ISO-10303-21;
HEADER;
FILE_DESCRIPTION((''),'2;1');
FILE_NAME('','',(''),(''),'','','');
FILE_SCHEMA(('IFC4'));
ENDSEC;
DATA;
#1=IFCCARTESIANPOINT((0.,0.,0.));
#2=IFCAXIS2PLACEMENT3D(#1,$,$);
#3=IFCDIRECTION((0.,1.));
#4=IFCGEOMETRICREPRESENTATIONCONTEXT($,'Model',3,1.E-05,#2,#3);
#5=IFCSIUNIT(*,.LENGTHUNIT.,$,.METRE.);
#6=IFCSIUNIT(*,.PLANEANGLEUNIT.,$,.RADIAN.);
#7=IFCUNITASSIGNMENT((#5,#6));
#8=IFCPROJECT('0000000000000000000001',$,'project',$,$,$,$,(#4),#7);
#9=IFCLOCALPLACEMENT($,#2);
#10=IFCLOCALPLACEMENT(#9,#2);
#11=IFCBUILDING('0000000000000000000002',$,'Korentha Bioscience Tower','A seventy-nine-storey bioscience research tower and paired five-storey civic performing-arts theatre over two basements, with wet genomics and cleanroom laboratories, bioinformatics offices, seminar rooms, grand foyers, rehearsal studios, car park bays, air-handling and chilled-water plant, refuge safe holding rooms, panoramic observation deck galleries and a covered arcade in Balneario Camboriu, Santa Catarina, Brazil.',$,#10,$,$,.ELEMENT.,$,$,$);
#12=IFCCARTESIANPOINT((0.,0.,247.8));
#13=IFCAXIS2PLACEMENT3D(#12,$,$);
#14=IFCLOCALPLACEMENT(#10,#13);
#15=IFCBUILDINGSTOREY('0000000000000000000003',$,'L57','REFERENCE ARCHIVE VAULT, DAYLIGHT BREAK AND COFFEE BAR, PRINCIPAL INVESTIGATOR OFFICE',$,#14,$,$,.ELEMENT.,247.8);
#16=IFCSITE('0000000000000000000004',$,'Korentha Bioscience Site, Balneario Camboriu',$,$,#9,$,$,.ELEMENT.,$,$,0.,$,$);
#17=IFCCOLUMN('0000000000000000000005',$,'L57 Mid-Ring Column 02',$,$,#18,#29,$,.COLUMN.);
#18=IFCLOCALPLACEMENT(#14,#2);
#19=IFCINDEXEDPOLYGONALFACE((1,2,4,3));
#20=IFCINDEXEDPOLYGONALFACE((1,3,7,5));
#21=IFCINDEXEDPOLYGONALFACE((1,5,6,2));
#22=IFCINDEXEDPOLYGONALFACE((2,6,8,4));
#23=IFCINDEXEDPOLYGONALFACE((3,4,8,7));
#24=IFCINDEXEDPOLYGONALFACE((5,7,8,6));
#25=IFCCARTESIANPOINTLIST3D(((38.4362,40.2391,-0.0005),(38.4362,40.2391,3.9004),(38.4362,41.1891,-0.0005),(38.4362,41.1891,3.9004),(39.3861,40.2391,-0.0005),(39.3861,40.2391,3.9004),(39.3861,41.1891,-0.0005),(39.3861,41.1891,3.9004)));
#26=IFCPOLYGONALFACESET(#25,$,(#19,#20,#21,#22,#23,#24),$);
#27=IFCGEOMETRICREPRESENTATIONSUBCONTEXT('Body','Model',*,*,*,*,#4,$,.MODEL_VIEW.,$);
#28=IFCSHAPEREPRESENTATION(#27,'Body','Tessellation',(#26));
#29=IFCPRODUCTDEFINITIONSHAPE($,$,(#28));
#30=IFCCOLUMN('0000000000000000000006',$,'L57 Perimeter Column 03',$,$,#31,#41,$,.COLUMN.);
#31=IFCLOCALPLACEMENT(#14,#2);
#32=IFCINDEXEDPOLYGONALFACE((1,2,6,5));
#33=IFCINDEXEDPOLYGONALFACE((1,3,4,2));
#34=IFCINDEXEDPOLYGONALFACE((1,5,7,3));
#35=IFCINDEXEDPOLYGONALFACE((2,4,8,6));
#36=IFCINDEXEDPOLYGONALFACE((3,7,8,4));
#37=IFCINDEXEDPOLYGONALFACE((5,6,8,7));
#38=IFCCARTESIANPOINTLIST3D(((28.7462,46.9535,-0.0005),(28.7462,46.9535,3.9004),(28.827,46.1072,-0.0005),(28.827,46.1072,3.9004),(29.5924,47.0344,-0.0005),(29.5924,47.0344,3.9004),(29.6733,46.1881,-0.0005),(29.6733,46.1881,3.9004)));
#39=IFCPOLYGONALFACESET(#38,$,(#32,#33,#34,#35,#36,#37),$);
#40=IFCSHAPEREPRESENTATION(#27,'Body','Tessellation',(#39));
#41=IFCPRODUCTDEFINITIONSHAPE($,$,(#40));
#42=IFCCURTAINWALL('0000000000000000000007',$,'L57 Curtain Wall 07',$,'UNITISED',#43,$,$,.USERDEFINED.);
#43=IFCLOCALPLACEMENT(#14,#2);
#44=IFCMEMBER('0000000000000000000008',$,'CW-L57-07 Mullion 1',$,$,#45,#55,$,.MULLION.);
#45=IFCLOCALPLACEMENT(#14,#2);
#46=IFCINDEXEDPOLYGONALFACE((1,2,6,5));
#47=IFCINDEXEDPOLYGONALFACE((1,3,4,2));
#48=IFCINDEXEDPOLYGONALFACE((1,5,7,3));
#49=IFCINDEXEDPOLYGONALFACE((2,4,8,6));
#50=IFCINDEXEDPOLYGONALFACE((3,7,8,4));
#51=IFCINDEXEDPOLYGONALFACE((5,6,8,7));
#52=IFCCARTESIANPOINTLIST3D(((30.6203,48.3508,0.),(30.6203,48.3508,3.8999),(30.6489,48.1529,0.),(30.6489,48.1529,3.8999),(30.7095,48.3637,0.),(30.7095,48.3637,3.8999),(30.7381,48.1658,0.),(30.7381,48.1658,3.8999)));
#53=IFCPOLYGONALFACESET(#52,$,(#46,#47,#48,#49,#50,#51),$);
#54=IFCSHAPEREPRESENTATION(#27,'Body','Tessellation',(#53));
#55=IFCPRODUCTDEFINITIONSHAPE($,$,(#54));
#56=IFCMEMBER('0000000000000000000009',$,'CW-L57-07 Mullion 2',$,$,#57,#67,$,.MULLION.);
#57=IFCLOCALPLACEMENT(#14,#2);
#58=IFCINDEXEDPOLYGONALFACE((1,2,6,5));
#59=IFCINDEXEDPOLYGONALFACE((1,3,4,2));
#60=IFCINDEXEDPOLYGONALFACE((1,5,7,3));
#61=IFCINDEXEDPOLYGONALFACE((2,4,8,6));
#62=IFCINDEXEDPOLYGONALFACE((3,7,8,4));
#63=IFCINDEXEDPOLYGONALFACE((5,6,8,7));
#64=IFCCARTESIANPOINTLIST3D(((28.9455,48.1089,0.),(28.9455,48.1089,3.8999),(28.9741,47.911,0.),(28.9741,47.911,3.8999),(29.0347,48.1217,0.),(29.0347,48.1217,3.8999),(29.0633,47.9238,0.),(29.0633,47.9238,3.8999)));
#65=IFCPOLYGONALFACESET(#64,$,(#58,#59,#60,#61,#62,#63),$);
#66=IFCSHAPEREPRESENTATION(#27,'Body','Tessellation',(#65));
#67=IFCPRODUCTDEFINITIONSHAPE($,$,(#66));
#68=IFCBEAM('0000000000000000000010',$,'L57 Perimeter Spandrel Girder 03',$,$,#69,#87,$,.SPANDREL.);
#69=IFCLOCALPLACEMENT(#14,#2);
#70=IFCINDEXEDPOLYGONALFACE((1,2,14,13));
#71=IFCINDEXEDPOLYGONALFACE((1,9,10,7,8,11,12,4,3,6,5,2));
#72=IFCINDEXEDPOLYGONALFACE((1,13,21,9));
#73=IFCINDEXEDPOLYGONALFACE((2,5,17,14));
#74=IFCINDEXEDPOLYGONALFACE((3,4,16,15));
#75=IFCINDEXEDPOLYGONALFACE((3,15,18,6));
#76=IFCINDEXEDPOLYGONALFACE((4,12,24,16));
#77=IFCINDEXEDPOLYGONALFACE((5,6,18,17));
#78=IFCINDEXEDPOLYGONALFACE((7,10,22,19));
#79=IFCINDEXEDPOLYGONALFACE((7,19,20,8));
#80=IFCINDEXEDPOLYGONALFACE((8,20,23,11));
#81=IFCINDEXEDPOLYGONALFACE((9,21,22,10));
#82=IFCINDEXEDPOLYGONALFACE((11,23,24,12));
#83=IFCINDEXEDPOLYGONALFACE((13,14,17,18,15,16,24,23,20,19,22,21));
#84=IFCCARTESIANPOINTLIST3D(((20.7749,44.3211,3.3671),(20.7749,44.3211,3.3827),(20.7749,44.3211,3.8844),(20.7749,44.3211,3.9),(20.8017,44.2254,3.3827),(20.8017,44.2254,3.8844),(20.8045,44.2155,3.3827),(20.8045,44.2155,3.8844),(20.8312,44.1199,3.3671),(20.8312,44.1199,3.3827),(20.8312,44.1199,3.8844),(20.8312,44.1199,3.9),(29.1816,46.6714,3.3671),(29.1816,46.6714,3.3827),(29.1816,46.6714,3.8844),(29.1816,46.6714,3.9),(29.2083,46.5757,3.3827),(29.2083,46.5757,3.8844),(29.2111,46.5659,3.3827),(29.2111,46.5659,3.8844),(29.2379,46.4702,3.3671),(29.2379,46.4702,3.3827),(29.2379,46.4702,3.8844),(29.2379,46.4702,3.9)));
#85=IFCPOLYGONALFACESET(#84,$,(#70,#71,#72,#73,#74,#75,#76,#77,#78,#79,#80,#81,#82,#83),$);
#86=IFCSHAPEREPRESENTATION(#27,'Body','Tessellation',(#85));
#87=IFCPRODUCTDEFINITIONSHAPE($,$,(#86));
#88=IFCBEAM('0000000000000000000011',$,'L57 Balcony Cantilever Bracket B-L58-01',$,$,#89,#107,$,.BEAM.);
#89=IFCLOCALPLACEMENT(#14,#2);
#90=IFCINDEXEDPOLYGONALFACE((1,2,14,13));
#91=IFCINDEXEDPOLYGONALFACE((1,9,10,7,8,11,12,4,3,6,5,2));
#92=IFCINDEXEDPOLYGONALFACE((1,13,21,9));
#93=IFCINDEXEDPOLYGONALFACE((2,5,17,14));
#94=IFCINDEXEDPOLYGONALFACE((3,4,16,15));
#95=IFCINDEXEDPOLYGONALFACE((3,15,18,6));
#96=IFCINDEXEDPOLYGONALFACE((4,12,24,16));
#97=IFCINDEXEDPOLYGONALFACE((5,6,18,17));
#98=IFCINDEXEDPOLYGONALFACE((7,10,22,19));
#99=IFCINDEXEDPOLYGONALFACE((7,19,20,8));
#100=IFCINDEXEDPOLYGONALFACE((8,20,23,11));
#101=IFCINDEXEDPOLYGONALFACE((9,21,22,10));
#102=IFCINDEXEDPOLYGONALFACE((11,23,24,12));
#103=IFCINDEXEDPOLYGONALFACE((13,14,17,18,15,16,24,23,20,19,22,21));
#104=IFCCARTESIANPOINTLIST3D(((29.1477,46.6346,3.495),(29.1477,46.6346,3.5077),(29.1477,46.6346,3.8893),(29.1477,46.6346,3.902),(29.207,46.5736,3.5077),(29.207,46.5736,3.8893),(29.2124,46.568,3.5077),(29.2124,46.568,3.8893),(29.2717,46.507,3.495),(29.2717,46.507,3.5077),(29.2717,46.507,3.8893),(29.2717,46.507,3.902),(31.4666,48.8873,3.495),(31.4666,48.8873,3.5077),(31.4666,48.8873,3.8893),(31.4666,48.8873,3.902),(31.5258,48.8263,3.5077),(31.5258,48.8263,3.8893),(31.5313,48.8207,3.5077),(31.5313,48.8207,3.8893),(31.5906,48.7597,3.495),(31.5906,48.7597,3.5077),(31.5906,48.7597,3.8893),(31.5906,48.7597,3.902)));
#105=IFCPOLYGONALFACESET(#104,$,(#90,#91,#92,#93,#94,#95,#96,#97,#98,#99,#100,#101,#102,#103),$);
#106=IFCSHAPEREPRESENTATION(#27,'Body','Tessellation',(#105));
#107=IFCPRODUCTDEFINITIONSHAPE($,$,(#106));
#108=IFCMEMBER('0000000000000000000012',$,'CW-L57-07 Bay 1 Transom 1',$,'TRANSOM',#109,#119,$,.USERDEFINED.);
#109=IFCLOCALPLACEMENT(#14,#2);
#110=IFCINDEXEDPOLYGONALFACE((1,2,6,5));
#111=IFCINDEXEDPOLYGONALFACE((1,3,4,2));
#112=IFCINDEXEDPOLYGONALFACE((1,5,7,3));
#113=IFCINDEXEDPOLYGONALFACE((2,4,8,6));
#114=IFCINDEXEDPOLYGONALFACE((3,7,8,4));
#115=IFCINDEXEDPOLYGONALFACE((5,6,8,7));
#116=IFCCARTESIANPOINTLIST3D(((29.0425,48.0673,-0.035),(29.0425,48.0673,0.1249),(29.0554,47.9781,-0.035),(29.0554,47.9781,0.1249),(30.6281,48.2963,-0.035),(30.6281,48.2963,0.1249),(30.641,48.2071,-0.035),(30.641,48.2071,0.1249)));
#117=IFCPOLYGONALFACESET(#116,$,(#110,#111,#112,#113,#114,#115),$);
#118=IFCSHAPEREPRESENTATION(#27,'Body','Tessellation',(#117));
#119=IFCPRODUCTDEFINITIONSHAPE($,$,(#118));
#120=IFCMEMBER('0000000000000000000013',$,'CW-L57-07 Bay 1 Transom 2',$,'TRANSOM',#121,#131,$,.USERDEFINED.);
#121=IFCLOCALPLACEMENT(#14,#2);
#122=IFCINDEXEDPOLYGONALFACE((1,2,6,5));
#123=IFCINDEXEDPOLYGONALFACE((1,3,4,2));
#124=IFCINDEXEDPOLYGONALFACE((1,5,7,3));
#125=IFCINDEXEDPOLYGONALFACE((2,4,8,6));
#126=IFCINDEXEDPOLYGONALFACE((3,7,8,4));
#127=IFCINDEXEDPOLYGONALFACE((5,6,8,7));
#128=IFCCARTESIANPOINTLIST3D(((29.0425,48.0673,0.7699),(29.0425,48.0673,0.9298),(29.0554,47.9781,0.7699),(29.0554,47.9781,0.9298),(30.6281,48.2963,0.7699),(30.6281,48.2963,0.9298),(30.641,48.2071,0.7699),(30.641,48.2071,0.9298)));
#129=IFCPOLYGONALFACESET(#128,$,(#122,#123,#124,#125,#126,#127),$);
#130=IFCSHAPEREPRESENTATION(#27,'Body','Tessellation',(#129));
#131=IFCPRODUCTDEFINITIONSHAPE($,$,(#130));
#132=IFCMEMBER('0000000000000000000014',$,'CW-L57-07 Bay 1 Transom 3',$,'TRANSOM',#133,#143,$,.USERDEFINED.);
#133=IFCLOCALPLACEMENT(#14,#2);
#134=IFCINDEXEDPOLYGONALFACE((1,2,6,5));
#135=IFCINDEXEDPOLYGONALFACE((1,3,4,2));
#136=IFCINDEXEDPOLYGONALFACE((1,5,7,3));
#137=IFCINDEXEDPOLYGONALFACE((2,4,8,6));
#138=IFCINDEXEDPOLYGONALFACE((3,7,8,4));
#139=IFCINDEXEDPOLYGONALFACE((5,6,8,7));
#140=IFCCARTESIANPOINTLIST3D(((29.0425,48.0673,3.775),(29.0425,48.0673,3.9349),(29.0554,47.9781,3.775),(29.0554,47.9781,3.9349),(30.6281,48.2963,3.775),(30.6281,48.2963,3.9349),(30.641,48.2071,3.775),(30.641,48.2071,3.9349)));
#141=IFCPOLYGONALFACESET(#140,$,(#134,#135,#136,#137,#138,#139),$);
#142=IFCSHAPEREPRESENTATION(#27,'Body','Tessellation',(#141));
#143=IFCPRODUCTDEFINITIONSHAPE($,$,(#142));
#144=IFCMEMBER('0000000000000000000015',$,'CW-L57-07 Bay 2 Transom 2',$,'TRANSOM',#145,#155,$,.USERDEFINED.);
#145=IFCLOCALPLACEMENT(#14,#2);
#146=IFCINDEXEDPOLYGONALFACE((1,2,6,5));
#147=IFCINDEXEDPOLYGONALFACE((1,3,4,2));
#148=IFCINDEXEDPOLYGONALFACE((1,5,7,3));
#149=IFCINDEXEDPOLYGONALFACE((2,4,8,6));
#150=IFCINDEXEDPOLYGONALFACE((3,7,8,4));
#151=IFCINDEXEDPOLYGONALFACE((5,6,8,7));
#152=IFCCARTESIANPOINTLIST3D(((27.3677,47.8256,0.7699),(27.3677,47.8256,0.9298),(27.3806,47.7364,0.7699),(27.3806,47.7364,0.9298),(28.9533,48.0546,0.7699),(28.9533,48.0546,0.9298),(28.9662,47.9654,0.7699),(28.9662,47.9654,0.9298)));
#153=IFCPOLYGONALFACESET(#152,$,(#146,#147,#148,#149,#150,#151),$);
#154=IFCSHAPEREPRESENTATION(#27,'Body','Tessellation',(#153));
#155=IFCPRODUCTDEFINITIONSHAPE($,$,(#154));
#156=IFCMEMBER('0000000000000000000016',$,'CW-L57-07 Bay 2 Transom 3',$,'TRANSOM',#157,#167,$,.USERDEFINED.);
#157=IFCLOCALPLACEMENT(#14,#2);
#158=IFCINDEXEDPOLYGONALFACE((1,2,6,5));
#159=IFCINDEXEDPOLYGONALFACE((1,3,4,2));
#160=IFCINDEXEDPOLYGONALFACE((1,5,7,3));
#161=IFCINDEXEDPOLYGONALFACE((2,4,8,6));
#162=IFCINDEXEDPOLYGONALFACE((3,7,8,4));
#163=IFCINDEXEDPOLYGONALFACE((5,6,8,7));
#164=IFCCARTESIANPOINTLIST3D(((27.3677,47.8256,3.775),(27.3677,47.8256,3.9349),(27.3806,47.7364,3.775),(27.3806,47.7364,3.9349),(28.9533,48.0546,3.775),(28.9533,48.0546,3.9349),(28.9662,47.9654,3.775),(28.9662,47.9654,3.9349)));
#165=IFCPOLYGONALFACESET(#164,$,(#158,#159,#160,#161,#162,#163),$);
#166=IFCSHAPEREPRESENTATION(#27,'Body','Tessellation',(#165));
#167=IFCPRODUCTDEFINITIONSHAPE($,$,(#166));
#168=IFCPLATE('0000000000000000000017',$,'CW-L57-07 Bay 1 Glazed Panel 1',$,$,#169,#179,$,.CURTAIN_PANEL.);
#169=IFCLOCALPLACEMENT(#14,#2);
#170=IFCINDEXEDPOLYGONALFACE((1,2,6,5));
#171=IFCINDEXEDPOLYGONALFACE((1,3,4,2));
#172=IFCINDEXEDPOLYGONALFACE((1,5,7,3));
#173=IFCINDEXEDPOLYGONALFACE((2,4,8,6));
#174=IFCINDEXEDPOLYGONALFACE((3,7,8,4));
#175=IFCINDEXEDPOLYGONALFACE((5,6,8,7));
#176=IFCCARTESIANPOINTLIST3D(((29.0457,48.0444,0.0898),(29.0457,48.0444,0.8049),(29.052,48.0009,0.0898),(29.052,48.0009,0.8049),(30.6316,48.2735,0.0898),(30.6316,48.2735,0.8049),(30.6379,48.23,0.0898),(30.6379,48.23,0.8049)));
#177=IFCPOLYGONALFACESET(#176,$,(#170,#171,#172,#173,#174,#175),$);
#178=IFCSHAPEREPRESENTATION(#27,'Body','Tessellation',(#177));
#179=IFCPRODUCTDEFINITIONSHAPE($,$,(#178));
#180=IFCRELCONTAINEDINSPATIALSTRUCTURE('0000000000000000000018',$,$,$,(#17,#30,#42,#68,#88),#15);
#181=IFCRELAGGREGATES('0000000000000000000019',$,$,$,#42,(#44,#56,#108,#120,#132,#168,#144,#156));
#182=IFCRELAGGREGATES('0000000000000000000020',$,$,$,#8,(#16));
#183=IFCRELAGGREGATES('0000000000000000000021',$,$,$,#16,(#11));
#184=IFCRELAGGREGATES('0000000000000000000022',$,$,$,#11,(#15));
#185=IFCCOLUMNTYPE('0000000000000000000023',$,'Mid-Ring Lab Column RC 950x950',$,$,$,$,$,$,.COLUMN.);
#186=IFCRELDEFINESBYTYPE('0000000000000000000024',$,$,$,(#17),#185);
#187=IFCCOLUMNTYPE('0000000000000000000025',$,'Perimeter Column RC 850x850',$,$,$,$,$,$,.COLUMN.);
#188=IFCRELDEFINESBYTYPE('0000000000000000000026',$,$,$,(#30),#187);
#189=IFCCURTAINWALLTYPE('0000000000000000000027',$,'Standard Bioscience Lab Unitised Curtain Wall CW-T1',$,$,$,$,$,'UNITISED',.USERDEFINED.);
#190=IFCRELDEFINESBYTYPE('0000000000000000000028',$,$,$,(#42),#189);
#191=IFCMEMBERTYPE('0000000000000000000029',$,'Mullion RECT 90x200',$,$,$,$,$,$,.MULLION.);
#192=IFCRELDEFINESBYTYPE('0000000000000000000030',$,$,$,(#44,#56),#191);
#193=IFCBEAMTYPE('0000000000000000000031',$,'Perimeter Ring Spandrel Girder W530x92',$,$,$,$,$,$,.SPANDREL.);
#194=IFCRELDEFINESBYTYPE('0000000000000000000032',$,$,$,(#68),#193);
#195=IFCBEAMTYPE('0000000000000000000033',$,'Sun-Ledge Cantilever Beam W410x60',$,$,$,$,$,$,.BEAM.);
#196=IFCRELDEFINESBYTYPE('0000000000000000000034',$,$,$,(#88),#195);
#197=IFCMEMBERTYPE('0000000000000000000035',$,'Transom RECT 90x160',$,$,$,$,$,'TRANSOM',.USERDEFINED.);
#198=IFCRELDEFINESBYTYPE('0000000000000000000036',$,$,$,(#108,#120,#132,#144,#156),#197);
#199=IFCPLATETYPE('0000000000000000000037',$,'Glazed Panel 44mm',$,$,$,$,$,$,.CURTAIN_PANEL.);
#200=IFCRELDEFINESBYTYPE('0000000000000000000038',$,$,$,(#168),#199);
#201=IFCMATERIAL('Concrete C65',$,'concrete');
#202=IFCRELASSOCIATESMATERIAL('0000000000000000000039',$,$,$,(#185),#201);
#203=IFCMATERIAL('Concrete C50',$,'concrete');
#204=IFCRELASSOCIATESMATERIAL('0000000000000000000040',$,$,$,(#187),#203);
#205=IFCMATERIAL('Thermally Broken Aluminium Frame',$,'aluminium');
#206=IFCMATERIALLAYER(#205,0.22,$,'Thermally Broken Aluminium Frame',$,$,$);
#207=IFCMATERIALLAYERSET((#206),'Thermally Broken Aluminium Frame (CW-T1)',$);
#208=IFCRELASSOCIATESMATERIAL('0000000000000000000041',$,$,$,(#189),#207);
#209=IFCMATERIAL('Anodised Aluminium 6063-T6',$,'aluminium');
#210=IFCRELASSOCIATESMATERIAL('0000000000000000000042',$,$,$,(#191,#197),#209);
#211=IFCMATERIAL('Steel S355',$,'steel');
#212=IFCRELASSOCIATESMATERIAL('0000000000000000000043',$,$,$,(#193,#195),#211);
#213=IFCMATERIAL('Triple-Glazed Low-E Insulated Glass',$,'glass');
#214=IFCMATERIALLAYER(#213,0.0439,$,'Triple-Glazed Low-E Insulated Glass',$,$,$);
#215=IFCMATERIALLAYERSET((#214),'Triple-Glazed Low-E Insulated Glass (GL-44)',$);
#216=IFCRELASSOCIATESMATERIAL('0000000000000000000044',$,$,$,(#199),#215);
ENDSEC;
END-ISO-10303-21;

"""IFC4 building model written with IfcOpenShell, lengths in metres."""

from ifc_helpers import new_model, si_unit, direction, frame, origin, origin_2d, place, context, subcontext, project, spatial, rectangle, i_section, extrude, material, layer, layer_set, material_profile, profile_set, type_object, element, aggregate, save


model = new_model("IFC4")

# Units and contexts
model_context = context("Model", 3, precision=1e-05, world=origin(), true_north=direction((0.0, 1.0)))
body_context = subcontext(model_context, "Body", "Model", "MODEL_VIEW")
ifc_project = project(units=[si_unit("LENGTHUNIT", "METRE"), si_unit("PLANEANGLEUNIT", "RADIAN")], contexts=[model_context])

# Site, building, storey
site_placement = place(None, origin())
site = spatial("IfcSite", under=ifc_project, at=site_placement, Name="Korentha Bioscience Site, Balneario Camboriu", CompositionType="ELEMENT", RefElevation=0.0)
building_placement = place(site_placement, origin())
building = spatial("IfcBuilding", under=site, at=building_placement, Name="Korentha Bioscience Tower", Description="A seventy-nine-storey bioscience research tower and paired five-storey civic performing-arts theatre over two basements, with wet genomics and cleanroom laboratories, bioinformatics offices, seminar rooms, grand foyers, rehearsal studios, car park bays, air-handling and chilled-water plant, refuge safe holding rooms, panoramic observation deck galleries and a covered arcade in Balneario Camboriu, Santa Catarina, Brazil.", CompositionType="ELEMENT")
storey_placement = place(building_placement, frame((0.0, 0.0, 247.8)))
storey = spatial("IfcBuildingStorey", under=building, at=storey_placement, Name="L57", Description="REFERENCE ARCHIVE VAULT, DAYLIGHT BREAK AND COFFEE BAR, PRINCIPAL INVESTIGATOR OFFICE", CompositionType="ELEMENT", Elevation=247.8)

# Columns
ifc_material_1 = material(Name="Concrete C65", Category="concrete")
ifc_material_profile_1 = material_profile(ifc_material_1, rectangle(XDim=0.95, YDim=0.95, at=origin_2d()), Name="Concrete C65")
ifc_profile_set_1 = profile_set([ifc_material_profile_1], Name="Concrete C65 (COL-MR09)")
column_type_1 = type_object("IfcColumnType", Name="Mid-Ring Lab Column RC 950x950", PredefinedType="COLUMN", material=ifc_profile_set_1)
column_1_placement = place(storey_placement, frame((38.9111, 40.7141, -0.0005), z_axis=(0.0, 0.0, 1.0), x_axis=(1.0, 0.0, 0.0)))
element("IfcColumn", 1, at=column_1_placement, inside=storey, type_object=column_type_1, Name="L57 Mid-Ring Column 02", PredefinedType="COLUMN", context=body_context, shape_type="SweptSolid", body=[
    extrude(rectangle(XDim=0.95, YDim=0.95, at=origin_2d()), origin(), (0.0, 0.0, 1.0), 3.9009),
])
ifc_material_2 = material(Name="Concrete C50", Category="concrete")
ifc_material_profile_2 = material_profile(ifc_material_2, rectangle(XDim=0.8501, YDim=0.8501, at=origin_2d()), Name="Concrete C50")
ifc_profile_set_2 = profile_set([ifc_material_profile_2], Name="Concrete C50 (COL-P08)")
column_type_2 = type_object("IfcColumnType", Name="Perimeter Column RC 850x850", PredefinedType="COLUMN", material=ifc_profile_set_2)
column_2_placement = place(storey_placement, frame((29.2097, 46.5708, -0.0005), z_axis=(0.0, 0.0, 1.0), x_axis=(0.995463, 0.095151, 0.0)))
element("IfcColumn", 2, at=column_2_placement, inside=storey, type_object=column_type_2, Name="L57 Perimeter Column 03", PredefinedType="COLUMN", context=body_context, shape_type="SweptSolid", body=[
    extrude(rectangle(XDim=0.8501, YDim=0.8501, at=origin_2d()), origin(), (0.0, 0.0, 1.0), 3.9009),
])

# Curtain wall, members
ifc_material_3 = material(Name="Thermally Broken Aluminium Frame", Category="aluminium")
ifc_layer_1 = layer(ifc_material_3, 0.22, Name="Thermally Broken Aluminium Frame")
ifc_layer_set_1 = layer_set([ifc_layer_1], Name="Thermally Broken Aluminium Frame (CW-T1)")
curtain_wall_type = type_object("IfcCurtainWallType", Name="Standard Bioscience Lab Unitised Curtain Wall CW-T1", ElementType="UNITISED", PredefinedType="USERDEFINED", material=ifc_layer_set_1)
curtain_wall_placement = place(storey_placement, origin())
curtain_wall = element("IfcCurtainWall", 3, at=curtain_wall_placement, inside=storey, type_object=curtain_wall_type, Name="L57 Curtain Wall 07", ObjectType="UNITISED", PredefinedType="USERDEFINED")
ifc_material_4 = material(Name="Anodised Aluminium 6063-T6", Category="aluminium")
ifc_material_profile_3 = material_profile(ifc_material_4, rectangle(XDim=0.0901, YDim=0.2, at=origin_2d()), Name="Anodised Aluminium 6063-T6")
ifc_profile_set_3 = profile_set([ifc_material_profile_3], Name="Anodised Aluminium 6063-T6 (CW-MUL)")
member_type_1 = type_object("IfcMemberType", Name="Mullion RECT 90x200", PredefinedType="MULLION", material=ifc_profile_set_3)
member_1_placement = place(storey_placement, frame((30.6792, 48.2583, 0.0), z_axis=(0.0, 0.0, 1.0), x_axis=(-0.989729, -0.142956, 0.0)))
member_1 = element("IfcMember", 4, at=member_1_placement, type_object=member_type_1, Name="CW-L57-07 Mullion 1", PredefinedType="MULLION", context=body_context, shape_type="SweptSolid", body=[
    extrude(rectangle(XDim=0.0901, YDim=0.2, at=origin_2d()), origin(), (0.0, 0.0, 1.0), 3.8999),
])
member_2_placement = place(storey_placement, frame((29.0044, 48.0164, 0.0), z_axis=(0.0, 0.0, 1.0), x_axis=(-0.989729, -0.142956, 0.0)))
member_2 = element("IfcMember", 5, at=member_2_placement, type_object=member_type_1, Name="CW-L57-07 Mullion 2", PredefinedType="MULLION", context=body_context, shape_type="SweptSolid", body=[
    extrude(rectangle(XDim=0.0901, YDim=0.2, at=origin_2d()), origin(), (0.0, 0.0, 1.0), 3.8999),
])

# Beams
ifc_material_5 = material(Name="Steel S355", Category="steel")
ifc_material_profile_4 = material_profile(ifc_material_5, i_section(OverallWidth=0.209, OverallDepth=0.533, WebThickness=0.0103, FlangeThickness=0.0156, at=origin_2d()), Name="Steel S355")
ifc_profile_set_4 = profile_set([ifc_material_profile_4], Name="Steel S355 (SB-530)")
beam_type_1 = type_object("IfcBeamType", Name="Perimeter Ring Spandrel Girder W530x92", PredefinedType="SPANDREL", material=ifc_profile_set_4)
beam_1_placement = place(storey_placement, frame((29.2097, 46.5708, 3.6335), z_axis=(-0.963069, -0.269253, 0.0), x_axis=(0.269253, -0.963069, 0.0)))
element("IfcBeam", 6, at=beam_1_placement, inside=storey, type_object=beam_type_1, Name="L57 Perimeter Spandrel Girder 03", PredefinedType="SPANDREL", context=body_context, shape_type="SweptSolid", body=[
    extrude(i_section(OverallWidth=0.209, OverallDepth=0.533, WebThickness=0.0103, FlangeThickness=0.0156, at=origin_2d()), origin(), (0.0, 0.0, 1.0), 8.729),
])
ifc_material_profile_5 = material_profile(ifc_material_5, i_section(OverallWidth=0.178, OverallDepth=0.407, WebThickness=0.0078, FlangeThickness=0.0127, at=origin_2d()), Name="Steel S355")
ifc_profile_set_5 = profile_set([ifc_material_profile_5], Name="Steel S355 (CB-410)")
beam_type_2 = type_object("IfcBeamType", Name="Sun-Ledge Cantilever Beam W410x60", PredefinedType="BEAM", material=ifc_profile_set_5)
beam_2_placement = place(storey_placement, frame((29.2097, 46.5708, 3.6985), z_axis=(0.717265, 0.6968, 0.0), x_axis=(-0.6968, 0.717265, 0.0)))
element("IfcBeam", 7, at=beam_2_placement, inside=storey, type_object=beam_type_2, Name="L57 Balcony Cantilever Bracket B-L58-01", PredefinedType="BEAM", context=body_context, shape_type="SweptSolid", body=[
    extrude(i_section(OverallWidth=0.178, OverallDepth=0.407, WebThickness=0.0078, FlangeThickness=0.0127, at=origin_2d()), origin(), (0.0, 0.0, 1.0), 3.2329),
])

# Members
ifc_material_profile_6 = material_profile(ifc_material_4, rectangle(XDim=0.0901, YDim=0.1599, at=origin_2d()), Name="Anodised Aluminium 6063-T6")
ifc_profile_set_6 = profile_set([ifc_material_profile_6], Name="Anodised Aluminium 6063-T6 (CW-TRN)")
member_type_2 = type_object("IfcMemberType", Name="Transom RECT 90x160", ElementType="TRANSOM", PredefinedType="USERDEFINED", material=ifc_profile_set_6)
member_3_placement = place(storey_placement, frame((30.6345, 48.2517, 0.0449), z_axis=(-0.989732, -0.142936, 0.0), x_axis=(0.142936, -0.989732, 0.0)))
member_3 = element("IfcMember", 8, at=member_3_placement, type_object=member_type_2, Name="CW-L57-07 Bay 1 Transom 1", ObjectType="TRANSOM", PredefinedType="USERDEFINED", context=body_context, shape_type="SweptSolid", body=[
    extrude(rectangle(XDim=0.0901, YDim=0.1599, at=origin_2d()), origin(), (0.0, 0.0, 1.0), 1.6021),
])
member_4_placement = place(storey_placement, frame((30.6345, 48.2517, 0.8499), z_axis=(-0.989732, -0.142936, 0.0), x_axis=(0.142936, -0.989732, 0.0)))
member_4 = element("IfcMember", 9, at=member_4_placement, type_object=member_type_2, Name="CW-L57-07 Bay 1 Transom 2", ObjectType="TRANSOM", PredefinedType="USERDEFINED", context=body_context, shape_type="SweptSolid", body=[
    extrude(rectangle(XDim=0.0901, YDim=0.1599, at=origin_2d()), origin(), (0.0, 0.0, 1.0), 1.6021),
])
member_5_placement = place(storey_placement, frame((30.6345, 48.2517, 3.855), z_axis=(-0.989732, -0.142936, 0.0), x_axis=(0.142936, -0.989732, 0.0)))
member_5 = element("IfcMember", 10, at=member_5_placement, type_object=member_type_2, Name="CW-L57-07 Bay 1 Transom 3", ObjectType="TRANSOM", PredefinedType="USERDEFINED", context=body_context, shape_type="SweptSolid", body=[
    extrude(rectangle(XDim=0.0901, YDim=0.1599, at=origin_2d()), origin(), (0.0, 0.0, 1.0), 1.6021),
])
member_6_placement = place(storey_placement, frame((28.9597, 48.01, 0.8499), z_axis=(-0.989732, -0.142936, 0.0), x_axis=(0.142936, -0.989732, 0.0)))
member_6 = element("IfcMember", 11, at=member_6_placement, type_object=member_type_2, Name="CW-L57-07 Bay 2 Transom 2", ObjectType="TRANSOM", PredefinedType="USERDEFINED", context=body_context, shape_type="SweptSolid", body=[
    extrude(rectangle(XDim=0.0901, YDim=0.1599, at=origin_2d()), origin(), (0.0, 0.0, 1.0), 1.6021),
])
member_7_placement = place(storey_placement, frame((28.9597, 48.01, 3.855), z_axis=(-0.989732, -0.142936, 0.0), x_axis=(0.142936, -0.989732, 0.0)))
member_7 = element("IfcMember", 12, at=member_7_placement, type_object=member_type_2, Name="CW-L57-07 Bay 2 Transom 3", ObjectType="TRANSOM", PredefinedType="USERDEFINED", context=body_context, shape_type="SweptSolid", body=[
    extrude(rectangle(XDim=0.0901, YDim=0.1599, at=origin_2d()), origin(), (0.0, 0.0, 1.0), 1.6021),
])

# Plate
ifc_material_6 = material(Name="Triple-Glazed Low-E Insulated Glass", Category="glass")
ifc_layer_2 = layer(ifc_material_6, 0.0439, Name="Triple-Glazed Low-E Insulated Glass")
ifc_layer_set_2 = layer_set([ifc_layer_2], Name="Triple-Glazed Low-E Insulated Glass (GL-44)")
plate_type = type_object("IfcPlateType", Name="Glazed Panel 44mm", PredefinedType="CURTAIN_PANEL", material=ifc_layer_set_2)
plate_1_placement = place(storey_placement, frame((29.8418, 48.1372, 0.0898), z_axis=(0.0, 0.0, 1.0), x_axis=(-0.989729, -0.142956, 0.0)))
plate_1 = element("IfcPlate", 13, at=plate_1_placement, type_object=plate_type, Name="CW-L57-07 Bay 1 Glazed Panel 1", PredefinedType="CURTAIN_PANEL", context=body_context, shape_type="SweptSolid", body=[
    extrude(rectangle(XDim=1.6023, YDim=0.0439, at=origin_2d()), origin(), (0.0, 0.0, 1.0), 0.7151),
])
aggregate(curtain_wall, [member_1, member_2, member_3, member_4, member_5, plate_1, member_6, member_7])

save(model, "model.ifc")
